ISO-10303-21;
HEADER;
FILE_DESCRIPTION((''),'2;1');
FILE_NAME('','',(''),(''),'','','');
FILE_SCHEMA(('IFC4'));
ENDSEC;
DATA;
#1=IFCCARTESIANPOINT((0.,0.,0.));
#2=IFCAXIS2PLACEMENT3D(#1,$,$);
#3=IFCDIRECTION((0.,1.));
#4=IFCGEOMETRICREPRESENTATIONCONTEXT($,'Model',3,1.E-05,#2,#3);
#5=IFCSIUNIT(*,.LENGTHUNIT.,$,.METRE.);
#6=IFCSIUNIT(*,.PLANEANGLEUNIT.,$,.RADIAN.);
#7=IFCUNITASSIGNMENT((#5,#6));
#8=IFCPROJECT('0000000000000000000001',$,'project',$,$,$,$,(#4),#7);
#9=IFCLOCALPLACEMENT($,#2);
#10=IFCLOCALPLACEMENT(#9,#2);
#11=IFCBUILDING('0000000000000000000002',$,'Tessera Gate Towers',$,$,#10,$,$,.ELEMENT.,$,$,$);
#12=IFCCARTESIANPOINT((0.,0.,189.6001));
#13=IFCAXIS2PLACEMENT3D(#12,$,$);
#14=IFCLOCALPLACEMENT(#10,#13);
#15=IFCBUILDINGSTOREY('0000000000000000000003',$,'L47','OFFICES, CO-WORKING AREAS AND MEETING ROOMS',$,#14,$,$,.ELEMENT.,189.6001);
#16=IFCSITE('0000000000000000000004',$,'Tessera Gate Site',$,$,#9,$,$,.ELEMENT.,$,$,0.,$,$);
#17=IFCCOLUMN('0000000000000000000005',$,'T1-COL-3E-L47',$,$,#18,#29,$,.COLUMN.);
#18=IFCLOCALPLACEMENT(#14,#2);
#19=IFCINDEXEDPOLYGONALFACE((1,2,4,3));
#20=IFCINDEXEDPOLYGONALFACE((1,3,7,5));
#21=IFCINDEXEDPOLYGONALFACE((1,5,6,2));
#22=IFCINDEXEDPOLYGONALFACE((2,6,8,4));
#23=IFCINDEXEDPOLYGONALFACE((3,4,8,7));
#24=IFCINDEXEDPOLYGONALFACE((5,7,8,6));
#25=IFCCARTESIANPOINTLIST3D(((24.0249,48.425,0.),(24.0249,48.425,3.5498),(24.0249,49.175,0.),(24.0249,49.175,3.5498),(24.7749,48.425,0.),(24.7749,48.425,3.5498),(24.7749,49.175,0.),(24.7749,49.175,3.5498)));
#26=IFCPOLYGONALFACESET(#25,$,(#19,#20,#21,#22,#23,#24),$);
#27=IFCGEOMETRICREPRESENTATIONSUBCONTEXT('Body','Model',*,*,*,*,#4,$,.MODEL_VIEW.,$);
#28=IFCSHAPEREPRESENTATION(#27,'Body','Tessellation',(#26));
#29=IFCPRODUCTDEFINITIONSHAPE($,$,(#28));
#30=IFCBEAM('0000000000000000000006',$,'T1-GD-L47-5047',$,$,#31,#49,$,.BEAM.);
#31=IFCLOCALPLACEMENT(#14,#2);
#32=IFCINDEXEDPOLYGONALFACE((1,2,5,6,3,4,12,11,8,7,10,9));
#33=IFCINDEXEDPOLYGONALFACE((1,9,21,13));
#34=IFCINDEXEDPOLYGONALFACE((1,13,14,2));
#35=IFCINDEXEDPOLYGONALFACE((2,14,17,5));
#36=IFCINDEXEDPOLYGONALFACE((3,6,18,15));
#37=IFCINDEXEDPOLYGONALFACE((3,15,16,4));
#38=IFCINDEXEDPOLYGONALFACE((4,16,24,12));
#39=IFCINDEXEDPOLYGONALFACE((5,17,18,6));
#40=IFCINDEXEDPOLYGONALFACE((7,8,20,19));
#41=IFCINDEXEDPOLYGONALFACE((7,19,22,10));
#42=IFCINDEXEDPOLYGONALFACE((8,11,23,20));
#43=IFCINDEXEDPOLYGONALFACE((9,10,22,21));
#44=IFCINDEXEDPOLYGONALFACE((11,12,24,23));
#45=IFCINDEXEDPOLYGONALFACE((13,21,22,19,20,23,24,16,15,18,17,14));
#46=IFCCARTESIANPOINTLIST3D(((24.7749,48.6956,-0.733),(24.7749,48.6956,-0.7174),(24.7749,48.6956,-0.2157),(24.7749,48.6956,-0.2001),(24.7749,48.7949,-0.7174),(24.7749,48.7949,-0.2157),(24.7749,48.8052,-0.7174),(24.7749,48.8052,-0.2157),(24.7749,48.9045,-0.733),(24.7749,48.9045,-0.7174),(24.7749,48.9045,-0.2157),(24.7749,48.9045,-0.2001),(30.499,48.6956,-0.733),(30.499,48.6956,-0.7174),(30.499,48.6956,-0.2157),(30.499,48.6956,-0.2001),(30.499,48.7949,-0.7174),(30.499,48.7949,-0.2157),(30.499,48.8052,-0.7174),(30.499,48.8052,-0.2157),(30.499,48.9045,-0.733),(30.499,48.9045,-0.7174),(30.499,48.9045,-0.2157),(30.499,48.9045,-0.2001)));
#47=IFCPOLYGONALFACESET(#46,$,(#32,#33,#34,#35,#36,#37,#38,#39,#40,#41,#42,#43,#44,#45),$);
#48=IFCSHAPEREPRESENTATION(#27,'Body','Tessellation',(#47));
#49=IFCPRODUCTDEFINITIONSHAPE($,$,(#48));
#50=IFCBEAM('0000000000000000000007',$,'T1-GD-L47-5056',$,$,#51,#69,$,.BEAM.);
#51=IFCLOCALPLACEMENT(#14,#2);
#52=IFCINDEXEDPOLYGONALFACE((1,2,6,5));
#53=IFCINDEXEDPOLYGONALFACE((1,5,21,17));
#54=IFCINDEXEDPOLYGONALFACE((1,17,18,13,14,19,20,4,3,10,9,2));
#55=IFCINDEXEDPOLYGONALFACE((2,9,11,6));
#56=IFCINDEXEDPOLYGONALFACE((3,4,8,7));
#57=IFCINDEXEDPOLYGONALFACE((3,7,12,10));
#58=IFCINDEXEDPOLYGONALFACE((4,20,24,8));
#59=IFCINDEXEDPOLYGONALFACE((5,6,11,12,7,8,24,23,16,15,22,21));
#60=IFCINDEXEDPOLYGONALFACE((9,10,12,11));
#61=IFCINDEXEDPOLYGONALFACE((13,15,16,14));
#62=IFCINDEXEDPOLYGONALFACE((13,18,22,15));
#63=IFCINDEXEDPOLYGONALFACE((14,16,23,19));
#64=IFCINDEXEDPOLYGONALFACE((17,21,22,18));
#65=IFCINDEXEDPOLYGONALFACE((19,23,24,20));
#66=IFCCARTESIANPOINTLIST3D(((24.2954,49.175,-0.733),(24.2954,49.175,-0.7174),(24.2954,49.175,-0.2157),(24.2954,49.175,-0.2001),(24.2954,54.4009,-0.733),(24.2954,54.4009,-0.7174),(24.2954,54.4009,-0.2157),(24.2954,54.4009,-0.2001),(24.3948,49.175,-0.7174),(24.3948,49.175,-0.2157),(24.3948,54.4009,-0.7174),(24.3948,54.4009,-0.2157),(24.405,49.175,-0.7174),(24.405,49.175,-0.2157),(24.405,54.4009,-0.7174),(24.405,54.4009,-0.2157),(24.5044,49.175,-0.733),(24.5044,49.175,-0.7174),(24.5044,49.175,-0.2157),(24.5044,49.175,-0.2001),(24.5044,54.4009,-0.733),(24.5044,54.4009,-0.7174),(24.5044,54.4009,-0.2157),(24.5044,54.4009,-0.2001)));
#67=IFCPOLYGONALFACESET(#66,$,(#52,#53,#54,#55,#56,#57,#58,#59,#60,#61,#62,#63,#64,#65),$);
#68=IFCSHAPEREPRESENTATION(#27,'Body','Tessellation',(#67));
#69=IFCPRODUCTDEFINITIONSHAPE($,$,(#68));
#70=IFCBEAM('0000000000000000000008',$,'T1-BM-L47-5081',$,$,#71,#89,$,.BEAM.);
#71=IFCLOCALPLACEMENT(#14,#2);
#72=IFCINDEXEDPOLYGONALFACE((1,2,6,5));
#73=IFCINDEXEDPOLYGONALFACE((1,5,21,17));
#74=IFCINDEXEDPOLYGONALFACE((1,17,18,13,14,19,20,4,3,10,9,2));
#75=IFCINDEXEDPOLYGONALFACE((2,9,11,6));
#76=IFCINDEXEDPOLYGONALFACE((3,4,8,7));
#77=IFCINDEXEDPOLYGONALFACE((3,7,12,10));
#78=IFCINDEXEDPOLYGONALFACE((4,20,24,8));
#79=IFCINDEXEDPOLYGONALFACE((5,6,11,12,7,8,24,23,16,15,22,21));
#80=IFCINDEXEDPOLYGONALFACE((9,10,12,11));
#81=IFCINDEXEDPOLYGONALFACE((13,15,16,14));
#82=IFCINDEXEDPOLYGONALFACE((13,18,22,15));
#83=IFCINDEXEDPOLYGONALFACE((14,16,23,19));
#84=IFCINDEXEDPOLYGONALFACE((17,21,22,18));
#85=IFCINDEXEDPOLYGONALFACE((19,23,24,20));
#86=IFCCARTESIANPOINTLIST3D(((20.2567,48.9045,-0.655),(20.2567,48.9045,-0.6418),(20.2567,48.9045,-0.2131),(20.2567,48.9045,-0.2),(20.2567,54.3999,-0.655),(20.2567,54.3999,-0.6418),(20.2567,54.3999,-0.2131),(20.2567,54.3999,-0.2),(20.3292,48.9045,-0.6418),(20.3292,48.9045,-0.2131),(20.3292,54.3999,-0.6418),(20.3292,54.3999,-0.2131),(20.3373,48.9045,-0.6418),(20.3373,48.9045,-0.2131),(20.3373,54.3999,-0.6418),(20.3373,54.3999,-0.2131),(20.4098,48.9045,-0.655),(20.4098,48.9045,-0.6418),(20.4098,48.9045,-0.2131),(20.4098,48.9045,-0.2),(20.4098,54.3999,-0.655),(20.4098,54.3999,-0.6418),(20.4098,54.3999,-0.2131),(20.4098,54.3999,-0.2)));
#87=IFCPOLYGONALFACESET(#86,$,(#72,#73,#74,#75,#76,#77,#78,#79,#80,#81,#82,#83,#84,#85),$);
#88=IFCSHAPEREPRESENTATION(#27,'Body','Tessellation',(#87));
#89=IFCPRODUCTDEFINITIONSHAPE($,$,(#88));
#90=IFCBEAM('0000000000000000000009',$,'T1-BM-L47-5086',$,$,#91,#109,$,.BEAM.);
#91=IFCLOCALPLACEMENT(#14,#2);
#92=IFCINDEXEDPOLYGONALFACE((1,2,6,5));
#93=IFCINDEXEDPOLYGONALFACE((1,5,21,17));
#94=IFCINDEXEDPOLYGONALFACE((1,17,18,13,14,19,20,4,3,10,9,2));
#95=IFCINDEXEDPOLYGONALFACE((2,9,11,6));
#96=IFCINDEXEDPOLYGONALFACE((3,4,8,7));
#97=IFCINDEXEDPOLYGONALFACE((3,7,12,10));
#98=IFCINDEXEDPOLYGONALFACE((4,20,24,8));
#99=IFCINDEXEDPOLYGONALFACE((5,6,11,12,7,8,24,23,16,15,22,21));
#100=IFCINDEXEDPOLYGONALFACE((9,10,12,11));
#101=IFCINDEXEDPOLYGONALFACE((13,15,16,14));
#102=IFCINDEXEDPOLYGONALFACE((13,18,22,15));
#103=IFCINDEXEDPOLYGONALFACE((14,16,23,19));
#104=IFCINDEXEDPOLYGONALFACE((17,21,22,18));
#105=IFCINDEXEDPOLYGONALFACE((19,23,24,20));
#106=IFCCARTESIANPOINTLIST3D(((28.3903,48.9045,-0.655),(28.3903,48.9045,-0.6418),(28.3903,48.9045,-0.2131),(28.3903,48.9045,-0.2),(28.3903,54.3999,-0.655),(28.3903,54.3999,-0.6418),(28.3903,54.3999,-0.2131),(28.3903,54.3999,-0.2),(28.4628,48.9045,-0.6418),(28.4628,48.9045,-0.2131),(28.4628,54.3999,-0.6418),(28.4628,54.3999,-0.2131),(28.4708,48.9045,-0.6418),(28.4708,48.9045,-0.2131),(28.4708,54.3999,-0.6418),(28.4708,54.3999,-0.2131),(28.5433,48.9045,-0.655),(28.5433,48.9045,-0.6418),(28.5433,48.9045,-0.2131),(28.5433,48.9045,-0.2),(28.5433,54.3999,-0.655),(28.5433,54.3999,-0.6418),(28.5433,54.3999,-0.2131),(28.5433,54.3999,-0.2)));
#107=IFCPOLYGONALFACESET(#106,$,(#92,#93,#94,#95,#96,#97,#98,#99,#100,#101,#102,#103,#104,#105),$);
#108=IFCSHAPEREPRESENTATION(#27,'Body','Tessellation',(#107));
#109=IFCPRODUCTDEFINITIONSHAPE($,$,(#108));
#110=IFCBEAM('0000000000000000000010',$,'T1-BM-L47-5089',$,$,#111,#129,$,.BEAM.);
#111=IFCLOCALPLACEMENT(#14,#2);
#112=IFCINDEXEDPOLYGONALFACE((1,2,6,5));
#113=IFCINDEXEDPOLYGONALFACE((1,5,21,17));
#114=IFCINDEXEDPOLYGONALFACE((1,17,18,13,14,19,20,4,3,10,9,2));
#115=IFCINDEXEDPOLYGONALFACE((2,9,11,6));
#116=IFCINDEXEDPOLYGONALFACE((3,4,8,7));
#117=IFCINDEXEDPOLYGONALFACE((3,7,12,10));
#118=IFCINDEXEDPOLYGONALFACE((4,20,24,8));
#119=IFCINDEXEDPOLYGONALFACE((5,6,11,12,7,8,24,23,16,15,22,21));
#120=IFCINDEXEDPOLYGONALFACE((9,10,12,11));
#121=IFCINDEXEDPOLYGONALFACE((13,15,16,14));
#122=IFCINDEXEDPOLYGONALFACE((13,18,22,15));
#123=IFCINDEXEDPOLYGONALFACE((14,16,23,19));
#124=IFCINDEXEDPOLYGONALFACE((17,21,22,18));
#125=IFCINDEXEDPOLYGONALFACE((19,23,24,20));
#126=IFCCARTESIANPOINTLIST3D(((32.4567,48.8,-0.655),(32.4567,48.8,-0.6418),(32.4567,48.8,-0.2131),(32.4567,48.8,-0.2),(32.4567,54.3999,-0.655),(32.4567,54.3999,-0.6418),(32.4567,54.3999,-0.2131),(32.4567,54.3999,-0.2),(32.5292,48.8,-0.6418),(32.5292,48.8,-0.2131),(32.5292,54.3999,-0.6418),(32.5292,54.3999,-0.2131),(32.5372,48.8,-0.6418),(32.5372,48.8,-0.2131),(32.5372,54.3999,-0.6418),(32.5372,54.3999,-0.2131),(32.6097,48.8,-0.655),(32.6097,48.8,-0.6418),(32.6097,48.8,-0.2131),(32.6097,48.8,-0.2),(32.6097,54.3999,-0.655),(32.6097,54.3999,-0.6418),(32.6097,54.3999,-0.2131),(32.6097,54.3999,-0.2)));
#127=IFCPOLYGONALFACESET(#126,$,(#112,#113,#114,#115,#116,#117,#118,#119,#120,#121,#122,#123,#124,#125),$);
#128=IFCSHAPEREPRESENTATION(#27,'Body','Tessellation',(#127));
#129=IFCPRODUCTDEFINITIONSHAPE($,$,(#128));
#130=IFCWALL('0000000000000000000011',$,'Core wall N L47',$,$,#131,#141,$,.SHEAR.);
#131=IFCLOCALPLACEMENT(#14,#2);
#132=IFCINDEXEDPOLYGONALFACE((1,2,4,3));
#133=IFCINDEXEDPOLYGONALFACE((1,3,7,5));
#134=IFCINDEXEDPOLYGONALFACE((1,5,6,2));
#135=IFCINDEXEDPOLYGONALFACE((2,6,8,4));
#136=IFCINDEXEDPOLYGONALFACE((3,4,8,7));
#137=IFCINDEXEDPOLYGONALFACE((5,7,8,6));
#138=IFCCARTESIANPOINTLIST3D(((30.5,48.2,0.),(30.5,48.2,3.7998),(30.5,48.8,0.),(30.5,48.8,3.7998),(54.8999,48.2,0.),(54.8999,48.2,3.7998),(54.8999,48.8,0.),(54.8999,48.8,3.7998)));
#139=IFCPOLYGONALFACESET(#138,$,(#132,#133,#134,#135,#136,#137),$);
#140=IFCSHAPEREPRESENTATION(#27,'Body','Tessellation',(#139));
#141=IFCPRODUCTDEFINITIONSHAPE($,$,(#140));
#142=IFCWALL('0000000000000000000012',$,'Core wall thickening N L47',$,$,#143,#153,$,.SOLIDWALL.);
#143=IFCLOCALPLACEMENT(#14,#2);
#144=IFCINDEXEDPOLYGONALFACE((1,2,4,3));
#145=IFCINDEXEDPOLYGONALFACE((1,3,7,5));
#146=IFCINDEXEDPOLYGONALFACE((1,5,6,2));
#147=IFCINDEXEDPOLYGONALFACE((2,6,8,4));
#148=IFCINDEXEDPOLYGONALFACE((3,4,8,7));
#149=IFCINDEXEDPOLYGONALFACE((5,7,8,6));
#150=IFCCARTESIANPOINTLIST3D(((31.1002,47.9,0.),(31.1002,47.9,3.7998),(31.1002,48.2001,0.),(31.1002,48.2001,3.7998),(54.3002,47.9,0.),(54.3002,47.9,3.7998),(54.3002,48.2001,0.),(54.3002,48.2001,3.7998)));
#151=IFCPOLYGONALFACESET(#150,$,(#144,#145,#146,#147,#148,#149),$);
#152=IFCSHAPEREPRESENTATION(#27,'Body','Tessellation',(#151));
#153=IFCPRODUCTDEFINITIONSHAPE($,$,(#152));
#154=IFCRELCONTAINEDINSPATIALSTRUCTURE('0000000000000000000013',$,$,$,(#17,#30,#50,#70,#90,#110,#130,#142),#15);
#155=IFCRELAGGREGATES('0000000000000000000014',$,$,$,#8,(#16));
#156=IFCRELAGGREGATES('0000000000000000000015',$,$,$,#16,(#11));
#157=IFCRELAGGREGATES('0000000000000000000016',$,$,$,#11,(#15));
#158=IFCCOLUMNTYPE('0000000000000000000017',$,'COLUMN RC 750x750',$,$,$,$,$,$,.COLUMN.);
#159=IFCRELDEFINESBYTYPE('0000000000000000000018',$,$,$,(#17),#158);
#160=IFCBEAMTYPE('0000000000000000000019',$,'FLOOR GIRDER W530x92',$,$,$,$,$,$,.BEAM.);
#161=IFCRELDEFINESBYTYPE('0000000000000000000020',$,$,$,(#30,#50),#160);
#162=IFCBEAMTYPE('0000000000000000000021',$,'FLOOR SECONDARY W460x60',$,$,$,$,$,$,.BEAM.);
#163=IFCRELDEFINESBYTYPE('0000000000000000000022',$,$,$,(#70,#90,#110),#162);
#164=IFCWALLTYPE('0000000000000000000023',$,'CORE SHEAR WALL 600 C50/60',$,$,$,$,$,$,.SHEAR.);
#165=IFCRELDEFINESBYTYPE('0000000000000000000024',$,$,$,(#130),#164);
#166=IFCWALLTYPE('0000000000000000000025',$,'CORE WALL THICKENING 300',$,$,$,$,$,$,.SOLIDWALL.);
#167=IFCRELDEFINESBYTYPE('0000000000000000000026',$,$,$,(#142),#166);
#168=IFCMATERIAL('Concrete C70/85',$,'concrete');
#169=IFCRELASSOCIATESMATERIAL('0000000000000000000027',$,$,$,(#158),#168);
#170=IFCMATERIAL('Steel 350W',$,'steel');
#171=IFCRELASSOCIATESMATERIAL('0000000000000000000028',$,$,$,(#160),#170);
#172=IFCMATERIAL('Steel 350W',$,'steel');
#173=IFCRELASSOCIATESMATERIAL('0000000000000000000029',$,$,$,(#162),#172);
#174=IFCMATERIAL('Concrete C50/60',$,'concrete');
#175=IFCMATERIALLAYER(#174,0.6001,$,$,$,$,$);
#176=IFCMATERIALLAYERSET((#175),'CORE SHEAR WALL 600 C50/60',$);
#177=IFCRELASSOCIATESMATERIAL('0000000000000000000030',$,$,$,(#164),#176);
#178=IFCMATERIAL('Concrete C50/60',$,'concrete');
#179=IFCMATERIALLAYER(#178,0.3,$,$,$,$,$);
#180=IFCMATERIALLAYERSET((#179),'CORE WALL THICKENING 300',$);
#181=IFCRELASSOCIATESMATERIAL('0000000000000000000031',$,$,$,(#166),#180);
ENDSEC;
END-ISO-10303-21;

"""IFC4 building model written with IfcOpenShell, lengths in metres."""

from ifc_helpers import new_model, si_unit, direction, frame, frame_2d, origin, origin_2d, place, context, subcontext, project, spatial, rectangle, i_section, extrude, material, layer, layer_set, material_profile, profile_set, type_object, element, save


model = new_model("IFC4")

# Units and contexts
model_context = context("Model", 3, precision=1e-05, world=origin(), true_north=direction((0.0, 1.0)))
body_context = subcontext(model_context, "Body", "Model", "MODEL_VIEW")
ifc_project = project(units=[si_unit("LENGTHUNIT", "METRE"), si_unit("PLANEANGLEUNIT", "RADIAN")], contexts=[model_context])

# Site, building, storey
site_placement = place(None, origin())
site = spatial("IfcSite", under=ifc_project, at=site_placement, Name="Tessera Gate Site", CompositionType="ELEMENT", RefElevation=0.0)
building_placement = place(site_placement, origin())
building = spatial("IfcBuilding", under=site, at=building_placement, Name="Tessera Gate Towers", CompositionType="ELEMENT")
storey_placement = place(building_placement, frame((0.0, 0.0, 189.6001)))
storey = spatial("IfcBuildingStorey", under=building, at=storey_placement, Name="L47", Description="OFFICES, CO-WORKING AREAS AND MEETING ROOMS", CompositionType="ELEMENT", Elevation=189.6001)

# Column
ifc_material_1 = material(Name="Concrete C70/85", Category="concrete")
ifc_material_profile_1 = material_profile(ifc_material_1, rectangle(XDim=0.75, YDim=0.75, at=origin_2d()), Name="RC 750x750")
ifc_profile_set_1 = profile_set([ifc_material_profile_1], Name="Concrete C70/85")
column_type = type_object("IfcColumnType", Name="COLUMN RC 750x750", PredefinedType="COLUMN", material=ifc_profile_set_1)
column_placement = place(storey_placement, frame((24.3999, 48.8, 0.0), z_axis=(0.0, 0.0, 1.0), x_axis=(1.0, 0.0, 0.0)))
element("IfcColumn", 1, at=column_placement, inside=storey, type_object=column_type, Name="T1-COL-3E-L47", PredefinedType="COLUMN", context=body_context, shape_type="SweptSolid", body=[
    extrude(rectangle(XDim=0.75, YDim=0.75, at=origin_2d()), origin(), (0.0, 0.0, 1.0), 3.5498),
])

# Beams
ifc_material_2 = material(Name="Steel 350W", Category="steel")
ifc_material_profile_2 = material_profile(ifc_material_2, i_section(OverallWidth=0.209, OverallDepth=0.533, WebThickness=0.0103, FlangeThickness=0.0156, at=origin_2d()), Name="W530x92")
ifc_profile_set_2 = profile_set([ifc_material_profile_2], Name="Steel 350W")
beam_type_1 = type_object("IfcBeamType", Name="FLOOR GIRDER W530x92", PredefinedType="BEAM", material=ifc_profile_set_2)
beam_1_placement = place(storey_placement, frame((24.7749, 48.8, -0.4666), z_axis=(1.0, 0.0, 0.0), x_axis=(0.0, 1.0, 0.0)))
element("IfcBeam", 2, at=beam_1_placement, inside=storey, type_object=beam_type_1, Name="T1-GD-L47-5047", PredefinedType="BEAM", context=body_context, shape_type="SweptSolid", body=[
    extrude(i_section(OverallWidth=0.209, OverallDepth=0.533, WebThickness=0.0103, FlangeThickness=0.0156, at=origin_2d()), origin(), (0.0, 0.0, 1.0), 5.7241),
])
beam_2_placement = place(storey_placement, frame((24.3999, 49.175, -0.4666), z_axis=(0.0, 1.0, 0.0), x_axis=(-1.0, 0.0, 0.0)))
element("IfcBeam", 3, at=beam_2_placement, inside=storey, type_object=beam_type_1, Name="T1-GD-L47-5056", PredefinedType="BEAM", context=body_context, shape_type="SweptSolid", body=[
    extrude(i_section(OverallWidth=0.209, OverallDepth=0.533, WebThickness=0.0103, FlangeThickness=0.0156, at=origin_2d()), origin(), (0.0, 0.0, 1.0), 5.2258),
])
ifc_material_3 = material(Name="Steel 350W", Category="steel")
ifc_material_profile_3 = material_profile(ifc_material_3, i_section(OverallWidth=0.1531, OverallDepth=0.4551, WebThickness=0.0081, FlangeThickness=0.0132, at=origin_2d()), Name="W460x60")
ifc_profile_set_3 = profile_set([ifc_material_profile_3], Name="Steel 350W")
beam_type_2 = type_object("IfcBeamType", Name="FLOOR SECONDARY W460x60", PredefinedType="BEAM", material=ifc_profile_set_3)
for number, where, z_axis, x_axis, name in (
    (4, (20.3333, 48.9045, -0.4275), (0.0, 1.0, 0.0), (-1.0, 0.0, 0.0), "T1-BM-L47-5081"),
    (5, (28.4668, 48.9045, -0.4275), (0.0, 1.0, 0.0), (-1.0, 0.0, 0.0), "T1-BM-L47-5086"),
):
    element("IfcBeam", number, at=place(storey_placement, frame(where, z_axis=z_axis, x_axis=x_axis)), inside=storey, type_object=beam_type_2, Name=name, PredefinedType="BEAM", context=body_context, shape_type="SweptSolid", body=[
        extrude(i_section(OverallWidth=0.1531, OverallDepth=0.4551, WebThickness=0.0081, FlangeThickness=0.0132, at=origin_2d()), origin(), (0.0, 0.0, 1.0), 5.4954),
    ])
beam_3_placement = place(storey_placement, frame((32.5332, 48.8, -0.4275), z_axis=(0.0, 1.0, 0.0), x_axis=(-1.0, 0.0, 0.0)))
element("IfcBeam", 6, at=beam_3_placement, inside=storey, type_object=beam_type_2, Name="T1-BM-L47-5089", PredefinedType="BEAM", context=body_context, shape_type="SweptSolid", body=[
    extrude(i_section(OverallWidth=0.1531, OverallDepth=0.4551, WebThickness=0.0081, FlangeThickness=0.0132, at=origin_2d()), origin(), (0.0, 0.0, 1.0), 5.5999),
])

# Walls
ifc_material_4 = material(Name="Concrete C50/60", Category="concrete")
ifc_layer_1 = layer(ifc_material_4, 0.6001)
ifc_layer_set_1 = layer_set([ifc_layer_1], Name="CORE SHEAR WALL 600 C50/60")
wall_type_1 = type_object("IfcWallType", Name="CORE SHEAR WALL 600 C50/60", PredefinedType="SHEAR", material=ifc_layer_set_1)
wall_1_placement = place(storey_placement, frame((30.5, 48.5, 0.0), z_axis=(0.0, 0.0, 1.0), x_axis=(1.0, 0.0, 0.0)))
element("IfcWall", 7, at=wall_1_placement, inside=storey, type_object=wall_type_1, Name="Core wall N L47", PredefinedType="SHEAR", context=body_context, shape_type="SweptSolid", body=[
    extrude(rectangle(XDim=24.3999, YDim=0.6001, at=frame_2d((12.2, 0.0))), origin(), (0.0, 0.0, 1.0), 3.7998),
])
ifc_material_5 = material(Name="Concrete C50/60", Category="concrete")
ifc_layer_2 = layer(ifc_material_5, 0.3)
ifc_layer_set_2 = layer_set([ifc_layer_2], Name="CORE WALL THICKENING 300")
wall_type_2 = type_object("IfcWallType", Name="CORE WALL THICKENING 300", PredefinedType="SOLIDWALL", material=ifc_layer_set_2)
wall_2_placement = place(storey_placement, frame((31.1001, 48.05, 0.0), z_axis=(0.0, 0.0, 1.0), x_axis=(1.0, 0.0, 0.0)))
element("IfcWall", 8, at=wall_2_placement, inside=storey, type_object=wall_type_2, Name="Core wall thickening N L47", PredefinedType="SOLIDWALL", context=body_context, shape_type="SweptSolid", body=[
    extrude(rectangle(XDim=23.2, YDim=0.3, at=frame_2d((11.6001, 0.0))), origin(), (0.0, 0.0, 1.0), 3.7998),
])

save(model, "model.ifc")
